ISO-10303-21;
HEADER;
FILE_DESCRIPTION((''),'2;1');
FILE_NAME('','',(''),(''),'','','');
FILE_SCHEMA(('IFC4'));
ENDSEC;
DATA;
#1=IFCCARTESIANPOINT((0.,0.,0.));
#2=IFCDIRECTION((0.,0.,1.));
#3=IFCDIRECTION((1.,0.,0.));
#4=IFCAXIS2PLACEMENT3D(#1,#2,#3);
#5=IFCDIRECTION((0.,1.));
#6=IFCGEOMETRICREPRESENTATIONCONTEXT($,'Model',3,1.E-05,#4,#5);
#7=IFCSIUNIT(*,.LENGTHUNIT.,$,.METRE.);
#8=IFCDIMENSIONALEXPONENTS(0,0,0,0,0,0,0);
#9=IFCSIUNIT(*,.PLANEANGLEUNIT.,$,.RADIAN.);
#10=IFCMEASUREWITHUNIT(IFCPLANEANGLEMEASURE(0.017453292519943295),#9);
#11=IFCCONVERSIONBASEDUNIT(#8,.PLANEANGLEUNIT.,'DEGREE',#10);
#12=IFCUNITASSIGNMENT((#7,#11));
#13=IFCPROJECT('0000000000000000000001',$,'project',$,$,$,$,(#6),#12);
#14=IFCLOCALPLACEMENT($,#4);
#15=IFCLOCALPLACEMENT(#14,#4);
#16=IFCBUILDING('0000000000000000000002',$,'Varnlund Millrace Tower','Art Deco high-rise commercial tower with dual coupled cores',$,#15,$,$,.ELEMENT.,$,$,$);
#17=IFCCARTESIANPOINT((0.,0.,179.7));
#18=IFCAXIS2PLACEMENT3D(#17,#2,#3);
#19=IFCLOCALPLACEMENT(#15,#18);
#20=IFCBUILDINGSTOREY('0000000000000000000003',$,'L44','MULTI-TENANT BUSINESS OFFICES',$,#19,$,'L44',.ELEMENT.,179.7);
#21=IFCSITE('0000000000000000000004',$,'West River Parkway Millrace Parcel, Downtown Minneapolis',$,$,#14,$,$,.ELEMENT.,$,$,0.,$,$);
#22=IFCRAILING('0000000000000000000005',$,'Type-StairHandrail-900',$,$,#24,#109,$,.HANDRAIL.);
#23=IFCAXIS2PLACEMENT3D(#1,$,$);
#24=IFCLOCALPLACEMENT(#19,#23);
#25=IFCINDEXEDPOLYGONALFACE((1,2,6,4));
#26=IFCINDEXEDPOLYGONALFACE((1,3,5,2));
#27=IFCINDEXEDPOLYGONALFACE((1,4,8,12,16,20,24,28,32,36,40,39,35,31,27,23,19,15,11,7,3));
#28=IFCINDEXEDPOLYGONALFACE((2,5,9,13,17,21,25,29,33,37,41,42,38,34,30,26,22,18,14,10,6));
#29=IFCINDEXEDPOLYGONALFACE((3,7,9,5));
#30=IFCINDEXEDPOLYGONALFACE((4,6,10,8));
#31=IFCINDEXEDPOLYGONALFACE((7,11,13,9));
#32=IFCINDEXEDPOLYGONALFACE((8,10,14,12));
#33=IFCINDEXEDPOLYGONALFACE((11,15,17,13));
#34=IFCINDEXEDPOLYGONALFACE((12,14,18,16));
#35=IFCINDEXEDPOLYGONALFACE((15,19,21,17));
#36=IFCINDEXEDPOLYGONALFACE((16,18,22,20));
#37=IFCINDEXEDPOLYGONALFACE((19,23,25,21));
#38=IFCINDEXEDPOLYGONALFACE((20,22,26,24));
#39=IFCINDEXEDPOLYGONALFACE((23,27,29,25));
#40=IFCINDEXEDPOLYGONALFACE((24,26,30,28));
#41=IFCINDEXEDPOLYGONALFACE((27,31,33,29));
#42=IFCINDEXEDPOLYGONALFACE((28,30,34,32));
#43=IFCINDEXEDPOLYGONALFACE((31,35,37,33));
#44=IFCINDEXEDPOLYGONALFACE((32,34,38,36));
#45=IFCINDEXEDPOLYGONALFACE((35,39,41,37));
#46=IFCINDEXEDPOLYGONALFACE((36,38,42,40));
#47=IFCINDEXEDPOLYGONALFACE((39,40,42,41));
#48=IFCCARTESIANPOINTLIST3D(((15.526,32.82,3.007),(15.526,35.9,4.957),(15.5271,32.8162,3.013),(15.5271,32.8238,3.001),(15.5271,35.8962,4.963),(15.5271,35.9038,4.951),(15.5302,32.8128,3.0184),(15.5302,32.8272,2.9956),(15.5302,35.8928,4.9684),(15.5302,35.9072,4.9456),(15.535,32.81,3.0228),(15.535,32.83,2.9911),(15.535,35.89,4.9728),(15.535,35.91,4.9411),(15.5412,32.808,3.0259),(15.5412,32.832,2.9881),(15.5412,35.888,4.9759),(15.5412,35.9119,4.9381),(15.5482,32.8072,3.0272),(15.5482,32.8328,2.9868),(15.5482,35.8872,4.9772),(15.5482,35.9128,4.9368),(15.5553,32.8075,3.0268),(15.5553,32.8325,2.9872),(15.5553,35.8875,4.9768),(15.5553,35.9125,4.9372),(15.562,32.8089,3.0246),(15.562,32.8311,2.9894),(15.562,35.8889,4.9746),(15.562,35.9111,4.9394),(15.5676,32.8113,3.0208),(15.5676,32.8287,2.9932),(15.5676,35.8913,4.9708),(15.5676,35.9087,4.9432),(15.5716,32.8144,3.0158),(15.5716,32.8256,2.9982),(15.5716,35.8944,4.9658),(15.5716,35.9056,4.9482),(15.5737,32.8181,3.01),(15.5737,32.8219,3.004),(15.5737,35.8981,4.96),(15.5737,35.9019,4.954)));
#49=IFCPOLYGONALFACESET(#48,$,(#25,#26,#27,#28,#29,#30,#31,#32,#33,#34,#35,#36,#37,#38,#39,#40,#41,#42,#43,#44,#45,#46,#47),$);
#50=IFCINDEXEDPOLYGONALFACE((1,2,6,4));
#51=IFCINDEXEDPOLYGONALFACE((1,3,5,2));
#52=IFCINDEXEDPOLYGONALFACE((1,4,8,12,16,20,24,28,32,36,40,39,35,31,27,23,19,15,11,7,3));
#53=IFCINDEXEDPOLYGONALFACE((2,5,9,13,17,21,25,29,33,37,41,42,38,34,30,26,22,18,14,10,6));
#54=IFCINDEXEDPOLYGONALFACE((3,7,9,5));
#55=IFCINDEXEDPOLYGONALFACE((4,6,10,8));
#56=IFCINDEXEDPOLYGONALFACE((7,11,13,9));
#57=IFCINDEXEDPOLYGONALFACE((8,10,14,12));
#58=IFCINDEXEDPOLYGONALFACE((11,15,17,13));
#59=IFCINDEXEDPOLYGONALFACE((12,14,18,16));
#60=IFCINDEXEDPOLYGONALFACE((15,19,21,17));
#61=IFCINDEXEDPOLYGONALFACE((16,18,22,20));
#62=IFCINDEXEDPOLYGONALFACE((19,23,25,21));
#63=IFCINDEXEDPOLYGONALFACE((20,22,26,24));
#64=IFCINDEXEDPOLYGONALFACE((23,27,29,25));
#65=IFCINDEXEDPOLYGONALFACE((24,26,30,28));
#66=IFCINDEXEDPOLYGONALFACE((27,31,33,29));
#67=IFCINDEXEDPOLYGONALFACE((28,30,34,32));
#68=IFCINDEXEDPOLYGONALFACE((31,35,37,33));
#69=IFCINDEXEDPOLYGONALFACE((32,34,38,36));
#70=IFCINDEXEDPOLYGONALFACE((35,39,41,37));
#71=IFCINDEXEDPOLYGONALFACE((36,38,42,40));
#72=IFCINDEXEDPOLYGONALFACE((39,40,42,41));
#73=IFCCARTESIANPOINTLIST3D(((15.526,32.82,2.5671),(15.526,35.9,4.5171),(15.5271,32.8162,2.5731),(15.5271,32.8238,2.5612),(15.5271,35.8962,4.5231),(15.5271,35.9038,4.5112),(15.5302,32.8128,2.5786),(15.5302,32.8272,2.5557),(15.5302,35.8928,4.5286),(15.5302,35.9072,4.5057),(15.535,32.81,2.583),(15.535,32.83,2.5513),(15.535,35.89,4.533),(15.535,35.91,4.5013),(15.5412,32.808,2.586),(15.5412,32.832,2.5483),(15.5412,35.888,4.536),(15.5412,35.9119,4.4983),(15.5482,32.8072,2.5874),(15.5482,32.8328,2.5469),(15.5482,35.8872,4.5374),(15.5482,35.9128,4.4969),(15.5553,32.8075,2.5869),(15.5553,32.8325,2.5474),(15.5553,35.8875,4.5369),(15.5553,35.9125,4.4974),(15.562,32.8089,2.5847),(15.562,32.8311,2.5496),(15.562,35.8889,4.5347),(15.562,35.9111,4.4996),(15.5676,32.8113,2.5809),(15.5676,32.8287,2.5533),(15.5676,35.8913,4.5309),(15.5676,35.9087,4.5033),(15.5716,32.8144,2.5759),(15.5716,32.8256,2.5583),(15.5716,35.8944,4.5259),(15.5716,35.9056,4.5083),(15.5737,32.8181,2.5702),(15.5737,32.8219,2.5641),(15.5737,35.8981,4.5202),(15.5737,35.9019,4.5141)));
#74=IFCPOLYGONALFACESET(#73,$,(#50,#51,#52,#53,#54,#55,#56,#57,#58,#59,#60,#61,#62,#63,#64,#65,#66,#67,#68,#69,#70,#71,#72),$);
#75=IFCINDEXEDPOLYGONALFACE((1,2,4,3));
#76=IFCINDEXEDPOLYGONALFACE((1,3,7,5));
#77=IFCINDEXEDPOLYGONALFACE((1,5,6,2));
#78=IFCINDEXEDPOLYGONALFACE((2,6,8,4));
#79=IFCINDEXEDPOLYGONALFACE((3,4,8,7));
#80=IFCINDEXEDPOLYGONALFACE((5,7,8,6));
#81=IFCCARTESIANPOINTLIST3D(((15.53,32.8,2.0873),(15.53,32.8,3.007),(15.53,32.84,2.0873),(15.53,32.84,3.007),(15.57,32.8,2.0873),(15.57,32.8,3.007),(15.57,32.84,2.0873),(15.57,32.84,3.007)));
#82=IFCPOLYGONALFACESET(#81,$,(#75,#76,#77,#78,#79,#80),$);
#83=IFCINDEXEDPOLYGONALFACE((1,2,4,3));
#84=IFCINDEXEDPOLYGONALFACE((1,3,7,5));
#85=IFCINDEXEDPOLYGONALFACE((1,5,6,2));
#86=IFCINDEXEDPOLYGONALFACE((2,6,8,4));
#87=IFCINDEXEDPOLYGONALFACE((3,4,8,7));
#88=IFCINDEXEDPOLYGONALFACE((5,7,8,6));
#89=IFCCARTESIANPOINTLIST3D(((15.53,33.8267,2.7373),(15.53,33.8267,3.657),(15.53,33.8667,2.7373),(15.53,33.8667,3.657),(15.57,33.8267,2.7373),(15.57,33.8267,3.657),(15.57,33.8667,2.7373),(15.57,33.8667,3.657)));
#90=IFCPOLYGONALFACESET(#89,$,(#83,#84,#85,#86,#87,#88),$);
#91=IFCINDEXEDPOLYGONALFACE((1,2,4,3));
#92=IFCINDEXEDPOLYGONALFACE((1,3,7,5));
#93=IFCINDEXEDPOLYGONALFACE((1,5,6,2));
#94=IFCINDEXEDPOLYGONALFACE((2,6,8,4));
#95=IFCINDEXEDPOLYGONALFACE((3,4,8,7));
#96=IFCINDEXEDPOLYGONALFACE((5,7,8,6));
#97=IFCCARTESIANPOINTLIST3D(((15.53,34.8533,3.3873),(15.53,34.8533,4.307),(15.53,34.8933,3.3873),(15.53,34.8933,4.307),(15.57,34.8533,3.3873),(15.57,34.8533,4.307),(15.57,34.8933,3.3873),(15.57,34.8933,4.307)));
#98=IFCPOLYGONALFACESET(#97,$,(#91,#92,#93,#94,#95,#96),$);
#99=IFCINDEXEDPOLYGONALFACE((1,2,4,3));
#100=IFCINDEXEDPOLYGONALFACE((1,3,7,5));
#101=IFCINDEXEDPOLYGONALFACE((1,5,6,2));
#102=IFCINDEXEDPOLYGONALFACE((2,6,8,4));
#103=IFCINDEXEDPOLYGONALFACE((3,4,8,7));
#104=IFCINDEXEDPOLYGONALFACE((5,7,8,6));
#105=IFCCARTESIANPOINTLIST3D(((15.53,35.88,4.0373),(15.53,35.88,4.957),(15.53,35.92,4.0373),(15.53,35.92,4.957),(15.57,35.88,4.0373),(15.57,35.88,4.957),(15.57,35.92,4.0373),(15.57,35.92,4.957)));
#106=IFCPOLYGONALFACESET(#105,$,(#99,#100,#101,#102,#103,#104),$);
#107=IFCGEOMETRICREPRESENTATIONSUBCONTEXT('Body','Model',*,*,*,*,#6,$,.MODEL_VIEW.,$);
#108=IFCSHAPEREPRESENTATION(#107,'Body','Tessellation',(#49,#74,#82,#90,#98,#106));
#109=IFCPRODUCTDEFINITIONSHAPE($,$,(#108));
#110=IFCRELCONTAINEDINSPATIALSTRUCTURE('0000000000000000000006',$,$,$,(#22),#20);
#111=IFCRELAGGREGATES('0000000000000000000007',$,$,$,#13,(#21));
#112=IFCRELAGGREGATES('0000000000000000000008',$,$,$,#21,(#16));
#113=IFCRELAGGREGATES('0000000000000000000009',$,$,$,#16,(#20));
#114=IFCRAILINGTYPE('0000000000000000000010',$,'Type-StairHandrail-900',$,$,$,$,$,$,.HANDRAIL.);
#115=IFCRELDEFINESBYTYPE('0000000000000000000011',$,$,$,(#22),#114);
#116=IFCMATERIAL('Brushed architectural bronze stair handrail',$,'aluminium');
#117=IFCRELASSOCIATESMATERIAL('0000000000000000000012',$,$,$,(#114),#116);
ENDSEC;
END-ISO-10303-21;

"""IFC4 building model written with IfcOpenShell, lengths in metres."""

from ifc_helpers import new_model, entity, si_unit, converted_unit, direction, frame, origin_with_axes, origin_2d_with_axis, place, context, subcontext, project, spatial, rectangle, circle, extrude, material, type_object, element, save


model = new_model("IFC4")

# Units and contexts
model_context = context("Model", 3, precision=1e-05, world=origin_with_axes(), true_north=direction((0.0, 1.0)))
body_context = subcontext(model_context, "Body", "Model", "MODEL_VIEW")
ifc_project = project(units=[si_unit("LENGTHUNIT", "METRE"), converted_unit("PLANEANGLEUNIT", "DEGREE", entity("IfcPlaneAngleMeasure", 0.017453292519943295), si_unit("PLANEANGLEUNIT", "RADIAN"), dimensions=[0, 0, 0, 0, 0, 0, 0])], contexts=[model_context])

# Site, building, storey
site_placement = place(None, origin_with_axes())
site = spatial("IfcSite", under=ifc_project, at=site_placement, Name="West River Parkway Millrace Parcel, Downtown Minneapolis", CompositionType="ELEMENT", RefElevation=0.0)
building_placement = place(site_placement, origin_with_axes())
building = spatial("IfcBuilding", under=site, at=building_placement, Name="Varnlund Millrace Tower", Description="Art Deco high-rise commercial tower with dual coupled cores", CompositionType="ELEMENT")
storey_placement = place(building_placement, frame((0.0, 0.0, 179.7), z_axis=(0.0, 0.0, 1.0), x_axis=(1.0, 0.0, 0.0)))
storey = spatial("IfcBuildingStorey", under=building, at=storey_placement, Name="L44", Description="MULTI-TENANT BUSINESS OFFICES", LongName="L44", CompositionType="ELEMENT", Elevation=179.7)

# Railing
ifc_material_1 = material(Name="Brushed architectural bronze stair handrail", Category="aluminium")
railing_type_1 = type_object("IfcRailingType", Name="Type-StairHandrail-900", PredefinedType="HANDRAIL", material=ifc_material_1)
railing_1_placement = place(storey_placement, frame((0.0, 0.0, -179.7), z_axis=(0.0, 0.0, 1.0), x_axis=(1.0, 0.0, 0.0)))
element("IfcRailing", 1, at=railing_1_placement, inside=storey, type_object=railing_type_1, Name="Type-StairHandrail-900", PredefinedType="HANDRAIL", context=body_context, shape_type="SweptSolid", body=[
    extrude(circle(Radius=0.024, at=origin_2d_with_axis()), frame((15.55, 32.82, 182.707), z_axis=(0.0, 0.844902, 0.534922), x_axis=(-1.0, 0.0, 0.0)), (0.0, 0.0, 1.0), 3.6454),
    extrude(circle(Radius=0.024, at=origin_2d_with_axis()), frame((15.55, 32.82, 182.2671), z_axis=(0.0, 0.844902, 0.534922), x_axis=(-1.0, 0.0, 0.0)), (0.0, 0.0, 1.0), 3.6454),
    extrude(rectangle(XDim=0.04, YDim=0.04, at=origin_2d_with_axis()), frame((15.55, 32.82, 181.7873), z_axis=(0.0, 0.0, 1.0), x_axis=(1.0, 0.0, 0.0)), (0.0, 0.0, 1.0), 0.9197),
    extrude(rectangle(XDim=0.04, YDim=0.04, at=origin_2d_with_axis()), frame((15.55, 33.8467, 182.4373), z_axis=(0.0, 0.0, 1.0), x_axis=(1.0, 0.0, 0.0)), (0.0, 0.0, 1.0), 0.9197),
    extrude(rectangle(XDim=0.04, YDim=0.04, at=origin_2d_with_axis()), frame((15.55, 34.8733, 183.0873), z_axis=(0.0, 0.0, 1.0), x_axis=(1.0, 0.0, 0.0)), (0.0, 0.0, 1.0), 0.9197),
    extrude(rectangle(XDim=0.04, YDim=0.04, at=origin_2d_with_axis()), frame((15.55, 35.9, 183.7373), z_axis=(0.0, 0.0, 1.0), x_axis=(1.0, 0.0, 0.0)), (0.0, 0.0, 1.0), 0.9197),
])

save(model, "model.ifc")
